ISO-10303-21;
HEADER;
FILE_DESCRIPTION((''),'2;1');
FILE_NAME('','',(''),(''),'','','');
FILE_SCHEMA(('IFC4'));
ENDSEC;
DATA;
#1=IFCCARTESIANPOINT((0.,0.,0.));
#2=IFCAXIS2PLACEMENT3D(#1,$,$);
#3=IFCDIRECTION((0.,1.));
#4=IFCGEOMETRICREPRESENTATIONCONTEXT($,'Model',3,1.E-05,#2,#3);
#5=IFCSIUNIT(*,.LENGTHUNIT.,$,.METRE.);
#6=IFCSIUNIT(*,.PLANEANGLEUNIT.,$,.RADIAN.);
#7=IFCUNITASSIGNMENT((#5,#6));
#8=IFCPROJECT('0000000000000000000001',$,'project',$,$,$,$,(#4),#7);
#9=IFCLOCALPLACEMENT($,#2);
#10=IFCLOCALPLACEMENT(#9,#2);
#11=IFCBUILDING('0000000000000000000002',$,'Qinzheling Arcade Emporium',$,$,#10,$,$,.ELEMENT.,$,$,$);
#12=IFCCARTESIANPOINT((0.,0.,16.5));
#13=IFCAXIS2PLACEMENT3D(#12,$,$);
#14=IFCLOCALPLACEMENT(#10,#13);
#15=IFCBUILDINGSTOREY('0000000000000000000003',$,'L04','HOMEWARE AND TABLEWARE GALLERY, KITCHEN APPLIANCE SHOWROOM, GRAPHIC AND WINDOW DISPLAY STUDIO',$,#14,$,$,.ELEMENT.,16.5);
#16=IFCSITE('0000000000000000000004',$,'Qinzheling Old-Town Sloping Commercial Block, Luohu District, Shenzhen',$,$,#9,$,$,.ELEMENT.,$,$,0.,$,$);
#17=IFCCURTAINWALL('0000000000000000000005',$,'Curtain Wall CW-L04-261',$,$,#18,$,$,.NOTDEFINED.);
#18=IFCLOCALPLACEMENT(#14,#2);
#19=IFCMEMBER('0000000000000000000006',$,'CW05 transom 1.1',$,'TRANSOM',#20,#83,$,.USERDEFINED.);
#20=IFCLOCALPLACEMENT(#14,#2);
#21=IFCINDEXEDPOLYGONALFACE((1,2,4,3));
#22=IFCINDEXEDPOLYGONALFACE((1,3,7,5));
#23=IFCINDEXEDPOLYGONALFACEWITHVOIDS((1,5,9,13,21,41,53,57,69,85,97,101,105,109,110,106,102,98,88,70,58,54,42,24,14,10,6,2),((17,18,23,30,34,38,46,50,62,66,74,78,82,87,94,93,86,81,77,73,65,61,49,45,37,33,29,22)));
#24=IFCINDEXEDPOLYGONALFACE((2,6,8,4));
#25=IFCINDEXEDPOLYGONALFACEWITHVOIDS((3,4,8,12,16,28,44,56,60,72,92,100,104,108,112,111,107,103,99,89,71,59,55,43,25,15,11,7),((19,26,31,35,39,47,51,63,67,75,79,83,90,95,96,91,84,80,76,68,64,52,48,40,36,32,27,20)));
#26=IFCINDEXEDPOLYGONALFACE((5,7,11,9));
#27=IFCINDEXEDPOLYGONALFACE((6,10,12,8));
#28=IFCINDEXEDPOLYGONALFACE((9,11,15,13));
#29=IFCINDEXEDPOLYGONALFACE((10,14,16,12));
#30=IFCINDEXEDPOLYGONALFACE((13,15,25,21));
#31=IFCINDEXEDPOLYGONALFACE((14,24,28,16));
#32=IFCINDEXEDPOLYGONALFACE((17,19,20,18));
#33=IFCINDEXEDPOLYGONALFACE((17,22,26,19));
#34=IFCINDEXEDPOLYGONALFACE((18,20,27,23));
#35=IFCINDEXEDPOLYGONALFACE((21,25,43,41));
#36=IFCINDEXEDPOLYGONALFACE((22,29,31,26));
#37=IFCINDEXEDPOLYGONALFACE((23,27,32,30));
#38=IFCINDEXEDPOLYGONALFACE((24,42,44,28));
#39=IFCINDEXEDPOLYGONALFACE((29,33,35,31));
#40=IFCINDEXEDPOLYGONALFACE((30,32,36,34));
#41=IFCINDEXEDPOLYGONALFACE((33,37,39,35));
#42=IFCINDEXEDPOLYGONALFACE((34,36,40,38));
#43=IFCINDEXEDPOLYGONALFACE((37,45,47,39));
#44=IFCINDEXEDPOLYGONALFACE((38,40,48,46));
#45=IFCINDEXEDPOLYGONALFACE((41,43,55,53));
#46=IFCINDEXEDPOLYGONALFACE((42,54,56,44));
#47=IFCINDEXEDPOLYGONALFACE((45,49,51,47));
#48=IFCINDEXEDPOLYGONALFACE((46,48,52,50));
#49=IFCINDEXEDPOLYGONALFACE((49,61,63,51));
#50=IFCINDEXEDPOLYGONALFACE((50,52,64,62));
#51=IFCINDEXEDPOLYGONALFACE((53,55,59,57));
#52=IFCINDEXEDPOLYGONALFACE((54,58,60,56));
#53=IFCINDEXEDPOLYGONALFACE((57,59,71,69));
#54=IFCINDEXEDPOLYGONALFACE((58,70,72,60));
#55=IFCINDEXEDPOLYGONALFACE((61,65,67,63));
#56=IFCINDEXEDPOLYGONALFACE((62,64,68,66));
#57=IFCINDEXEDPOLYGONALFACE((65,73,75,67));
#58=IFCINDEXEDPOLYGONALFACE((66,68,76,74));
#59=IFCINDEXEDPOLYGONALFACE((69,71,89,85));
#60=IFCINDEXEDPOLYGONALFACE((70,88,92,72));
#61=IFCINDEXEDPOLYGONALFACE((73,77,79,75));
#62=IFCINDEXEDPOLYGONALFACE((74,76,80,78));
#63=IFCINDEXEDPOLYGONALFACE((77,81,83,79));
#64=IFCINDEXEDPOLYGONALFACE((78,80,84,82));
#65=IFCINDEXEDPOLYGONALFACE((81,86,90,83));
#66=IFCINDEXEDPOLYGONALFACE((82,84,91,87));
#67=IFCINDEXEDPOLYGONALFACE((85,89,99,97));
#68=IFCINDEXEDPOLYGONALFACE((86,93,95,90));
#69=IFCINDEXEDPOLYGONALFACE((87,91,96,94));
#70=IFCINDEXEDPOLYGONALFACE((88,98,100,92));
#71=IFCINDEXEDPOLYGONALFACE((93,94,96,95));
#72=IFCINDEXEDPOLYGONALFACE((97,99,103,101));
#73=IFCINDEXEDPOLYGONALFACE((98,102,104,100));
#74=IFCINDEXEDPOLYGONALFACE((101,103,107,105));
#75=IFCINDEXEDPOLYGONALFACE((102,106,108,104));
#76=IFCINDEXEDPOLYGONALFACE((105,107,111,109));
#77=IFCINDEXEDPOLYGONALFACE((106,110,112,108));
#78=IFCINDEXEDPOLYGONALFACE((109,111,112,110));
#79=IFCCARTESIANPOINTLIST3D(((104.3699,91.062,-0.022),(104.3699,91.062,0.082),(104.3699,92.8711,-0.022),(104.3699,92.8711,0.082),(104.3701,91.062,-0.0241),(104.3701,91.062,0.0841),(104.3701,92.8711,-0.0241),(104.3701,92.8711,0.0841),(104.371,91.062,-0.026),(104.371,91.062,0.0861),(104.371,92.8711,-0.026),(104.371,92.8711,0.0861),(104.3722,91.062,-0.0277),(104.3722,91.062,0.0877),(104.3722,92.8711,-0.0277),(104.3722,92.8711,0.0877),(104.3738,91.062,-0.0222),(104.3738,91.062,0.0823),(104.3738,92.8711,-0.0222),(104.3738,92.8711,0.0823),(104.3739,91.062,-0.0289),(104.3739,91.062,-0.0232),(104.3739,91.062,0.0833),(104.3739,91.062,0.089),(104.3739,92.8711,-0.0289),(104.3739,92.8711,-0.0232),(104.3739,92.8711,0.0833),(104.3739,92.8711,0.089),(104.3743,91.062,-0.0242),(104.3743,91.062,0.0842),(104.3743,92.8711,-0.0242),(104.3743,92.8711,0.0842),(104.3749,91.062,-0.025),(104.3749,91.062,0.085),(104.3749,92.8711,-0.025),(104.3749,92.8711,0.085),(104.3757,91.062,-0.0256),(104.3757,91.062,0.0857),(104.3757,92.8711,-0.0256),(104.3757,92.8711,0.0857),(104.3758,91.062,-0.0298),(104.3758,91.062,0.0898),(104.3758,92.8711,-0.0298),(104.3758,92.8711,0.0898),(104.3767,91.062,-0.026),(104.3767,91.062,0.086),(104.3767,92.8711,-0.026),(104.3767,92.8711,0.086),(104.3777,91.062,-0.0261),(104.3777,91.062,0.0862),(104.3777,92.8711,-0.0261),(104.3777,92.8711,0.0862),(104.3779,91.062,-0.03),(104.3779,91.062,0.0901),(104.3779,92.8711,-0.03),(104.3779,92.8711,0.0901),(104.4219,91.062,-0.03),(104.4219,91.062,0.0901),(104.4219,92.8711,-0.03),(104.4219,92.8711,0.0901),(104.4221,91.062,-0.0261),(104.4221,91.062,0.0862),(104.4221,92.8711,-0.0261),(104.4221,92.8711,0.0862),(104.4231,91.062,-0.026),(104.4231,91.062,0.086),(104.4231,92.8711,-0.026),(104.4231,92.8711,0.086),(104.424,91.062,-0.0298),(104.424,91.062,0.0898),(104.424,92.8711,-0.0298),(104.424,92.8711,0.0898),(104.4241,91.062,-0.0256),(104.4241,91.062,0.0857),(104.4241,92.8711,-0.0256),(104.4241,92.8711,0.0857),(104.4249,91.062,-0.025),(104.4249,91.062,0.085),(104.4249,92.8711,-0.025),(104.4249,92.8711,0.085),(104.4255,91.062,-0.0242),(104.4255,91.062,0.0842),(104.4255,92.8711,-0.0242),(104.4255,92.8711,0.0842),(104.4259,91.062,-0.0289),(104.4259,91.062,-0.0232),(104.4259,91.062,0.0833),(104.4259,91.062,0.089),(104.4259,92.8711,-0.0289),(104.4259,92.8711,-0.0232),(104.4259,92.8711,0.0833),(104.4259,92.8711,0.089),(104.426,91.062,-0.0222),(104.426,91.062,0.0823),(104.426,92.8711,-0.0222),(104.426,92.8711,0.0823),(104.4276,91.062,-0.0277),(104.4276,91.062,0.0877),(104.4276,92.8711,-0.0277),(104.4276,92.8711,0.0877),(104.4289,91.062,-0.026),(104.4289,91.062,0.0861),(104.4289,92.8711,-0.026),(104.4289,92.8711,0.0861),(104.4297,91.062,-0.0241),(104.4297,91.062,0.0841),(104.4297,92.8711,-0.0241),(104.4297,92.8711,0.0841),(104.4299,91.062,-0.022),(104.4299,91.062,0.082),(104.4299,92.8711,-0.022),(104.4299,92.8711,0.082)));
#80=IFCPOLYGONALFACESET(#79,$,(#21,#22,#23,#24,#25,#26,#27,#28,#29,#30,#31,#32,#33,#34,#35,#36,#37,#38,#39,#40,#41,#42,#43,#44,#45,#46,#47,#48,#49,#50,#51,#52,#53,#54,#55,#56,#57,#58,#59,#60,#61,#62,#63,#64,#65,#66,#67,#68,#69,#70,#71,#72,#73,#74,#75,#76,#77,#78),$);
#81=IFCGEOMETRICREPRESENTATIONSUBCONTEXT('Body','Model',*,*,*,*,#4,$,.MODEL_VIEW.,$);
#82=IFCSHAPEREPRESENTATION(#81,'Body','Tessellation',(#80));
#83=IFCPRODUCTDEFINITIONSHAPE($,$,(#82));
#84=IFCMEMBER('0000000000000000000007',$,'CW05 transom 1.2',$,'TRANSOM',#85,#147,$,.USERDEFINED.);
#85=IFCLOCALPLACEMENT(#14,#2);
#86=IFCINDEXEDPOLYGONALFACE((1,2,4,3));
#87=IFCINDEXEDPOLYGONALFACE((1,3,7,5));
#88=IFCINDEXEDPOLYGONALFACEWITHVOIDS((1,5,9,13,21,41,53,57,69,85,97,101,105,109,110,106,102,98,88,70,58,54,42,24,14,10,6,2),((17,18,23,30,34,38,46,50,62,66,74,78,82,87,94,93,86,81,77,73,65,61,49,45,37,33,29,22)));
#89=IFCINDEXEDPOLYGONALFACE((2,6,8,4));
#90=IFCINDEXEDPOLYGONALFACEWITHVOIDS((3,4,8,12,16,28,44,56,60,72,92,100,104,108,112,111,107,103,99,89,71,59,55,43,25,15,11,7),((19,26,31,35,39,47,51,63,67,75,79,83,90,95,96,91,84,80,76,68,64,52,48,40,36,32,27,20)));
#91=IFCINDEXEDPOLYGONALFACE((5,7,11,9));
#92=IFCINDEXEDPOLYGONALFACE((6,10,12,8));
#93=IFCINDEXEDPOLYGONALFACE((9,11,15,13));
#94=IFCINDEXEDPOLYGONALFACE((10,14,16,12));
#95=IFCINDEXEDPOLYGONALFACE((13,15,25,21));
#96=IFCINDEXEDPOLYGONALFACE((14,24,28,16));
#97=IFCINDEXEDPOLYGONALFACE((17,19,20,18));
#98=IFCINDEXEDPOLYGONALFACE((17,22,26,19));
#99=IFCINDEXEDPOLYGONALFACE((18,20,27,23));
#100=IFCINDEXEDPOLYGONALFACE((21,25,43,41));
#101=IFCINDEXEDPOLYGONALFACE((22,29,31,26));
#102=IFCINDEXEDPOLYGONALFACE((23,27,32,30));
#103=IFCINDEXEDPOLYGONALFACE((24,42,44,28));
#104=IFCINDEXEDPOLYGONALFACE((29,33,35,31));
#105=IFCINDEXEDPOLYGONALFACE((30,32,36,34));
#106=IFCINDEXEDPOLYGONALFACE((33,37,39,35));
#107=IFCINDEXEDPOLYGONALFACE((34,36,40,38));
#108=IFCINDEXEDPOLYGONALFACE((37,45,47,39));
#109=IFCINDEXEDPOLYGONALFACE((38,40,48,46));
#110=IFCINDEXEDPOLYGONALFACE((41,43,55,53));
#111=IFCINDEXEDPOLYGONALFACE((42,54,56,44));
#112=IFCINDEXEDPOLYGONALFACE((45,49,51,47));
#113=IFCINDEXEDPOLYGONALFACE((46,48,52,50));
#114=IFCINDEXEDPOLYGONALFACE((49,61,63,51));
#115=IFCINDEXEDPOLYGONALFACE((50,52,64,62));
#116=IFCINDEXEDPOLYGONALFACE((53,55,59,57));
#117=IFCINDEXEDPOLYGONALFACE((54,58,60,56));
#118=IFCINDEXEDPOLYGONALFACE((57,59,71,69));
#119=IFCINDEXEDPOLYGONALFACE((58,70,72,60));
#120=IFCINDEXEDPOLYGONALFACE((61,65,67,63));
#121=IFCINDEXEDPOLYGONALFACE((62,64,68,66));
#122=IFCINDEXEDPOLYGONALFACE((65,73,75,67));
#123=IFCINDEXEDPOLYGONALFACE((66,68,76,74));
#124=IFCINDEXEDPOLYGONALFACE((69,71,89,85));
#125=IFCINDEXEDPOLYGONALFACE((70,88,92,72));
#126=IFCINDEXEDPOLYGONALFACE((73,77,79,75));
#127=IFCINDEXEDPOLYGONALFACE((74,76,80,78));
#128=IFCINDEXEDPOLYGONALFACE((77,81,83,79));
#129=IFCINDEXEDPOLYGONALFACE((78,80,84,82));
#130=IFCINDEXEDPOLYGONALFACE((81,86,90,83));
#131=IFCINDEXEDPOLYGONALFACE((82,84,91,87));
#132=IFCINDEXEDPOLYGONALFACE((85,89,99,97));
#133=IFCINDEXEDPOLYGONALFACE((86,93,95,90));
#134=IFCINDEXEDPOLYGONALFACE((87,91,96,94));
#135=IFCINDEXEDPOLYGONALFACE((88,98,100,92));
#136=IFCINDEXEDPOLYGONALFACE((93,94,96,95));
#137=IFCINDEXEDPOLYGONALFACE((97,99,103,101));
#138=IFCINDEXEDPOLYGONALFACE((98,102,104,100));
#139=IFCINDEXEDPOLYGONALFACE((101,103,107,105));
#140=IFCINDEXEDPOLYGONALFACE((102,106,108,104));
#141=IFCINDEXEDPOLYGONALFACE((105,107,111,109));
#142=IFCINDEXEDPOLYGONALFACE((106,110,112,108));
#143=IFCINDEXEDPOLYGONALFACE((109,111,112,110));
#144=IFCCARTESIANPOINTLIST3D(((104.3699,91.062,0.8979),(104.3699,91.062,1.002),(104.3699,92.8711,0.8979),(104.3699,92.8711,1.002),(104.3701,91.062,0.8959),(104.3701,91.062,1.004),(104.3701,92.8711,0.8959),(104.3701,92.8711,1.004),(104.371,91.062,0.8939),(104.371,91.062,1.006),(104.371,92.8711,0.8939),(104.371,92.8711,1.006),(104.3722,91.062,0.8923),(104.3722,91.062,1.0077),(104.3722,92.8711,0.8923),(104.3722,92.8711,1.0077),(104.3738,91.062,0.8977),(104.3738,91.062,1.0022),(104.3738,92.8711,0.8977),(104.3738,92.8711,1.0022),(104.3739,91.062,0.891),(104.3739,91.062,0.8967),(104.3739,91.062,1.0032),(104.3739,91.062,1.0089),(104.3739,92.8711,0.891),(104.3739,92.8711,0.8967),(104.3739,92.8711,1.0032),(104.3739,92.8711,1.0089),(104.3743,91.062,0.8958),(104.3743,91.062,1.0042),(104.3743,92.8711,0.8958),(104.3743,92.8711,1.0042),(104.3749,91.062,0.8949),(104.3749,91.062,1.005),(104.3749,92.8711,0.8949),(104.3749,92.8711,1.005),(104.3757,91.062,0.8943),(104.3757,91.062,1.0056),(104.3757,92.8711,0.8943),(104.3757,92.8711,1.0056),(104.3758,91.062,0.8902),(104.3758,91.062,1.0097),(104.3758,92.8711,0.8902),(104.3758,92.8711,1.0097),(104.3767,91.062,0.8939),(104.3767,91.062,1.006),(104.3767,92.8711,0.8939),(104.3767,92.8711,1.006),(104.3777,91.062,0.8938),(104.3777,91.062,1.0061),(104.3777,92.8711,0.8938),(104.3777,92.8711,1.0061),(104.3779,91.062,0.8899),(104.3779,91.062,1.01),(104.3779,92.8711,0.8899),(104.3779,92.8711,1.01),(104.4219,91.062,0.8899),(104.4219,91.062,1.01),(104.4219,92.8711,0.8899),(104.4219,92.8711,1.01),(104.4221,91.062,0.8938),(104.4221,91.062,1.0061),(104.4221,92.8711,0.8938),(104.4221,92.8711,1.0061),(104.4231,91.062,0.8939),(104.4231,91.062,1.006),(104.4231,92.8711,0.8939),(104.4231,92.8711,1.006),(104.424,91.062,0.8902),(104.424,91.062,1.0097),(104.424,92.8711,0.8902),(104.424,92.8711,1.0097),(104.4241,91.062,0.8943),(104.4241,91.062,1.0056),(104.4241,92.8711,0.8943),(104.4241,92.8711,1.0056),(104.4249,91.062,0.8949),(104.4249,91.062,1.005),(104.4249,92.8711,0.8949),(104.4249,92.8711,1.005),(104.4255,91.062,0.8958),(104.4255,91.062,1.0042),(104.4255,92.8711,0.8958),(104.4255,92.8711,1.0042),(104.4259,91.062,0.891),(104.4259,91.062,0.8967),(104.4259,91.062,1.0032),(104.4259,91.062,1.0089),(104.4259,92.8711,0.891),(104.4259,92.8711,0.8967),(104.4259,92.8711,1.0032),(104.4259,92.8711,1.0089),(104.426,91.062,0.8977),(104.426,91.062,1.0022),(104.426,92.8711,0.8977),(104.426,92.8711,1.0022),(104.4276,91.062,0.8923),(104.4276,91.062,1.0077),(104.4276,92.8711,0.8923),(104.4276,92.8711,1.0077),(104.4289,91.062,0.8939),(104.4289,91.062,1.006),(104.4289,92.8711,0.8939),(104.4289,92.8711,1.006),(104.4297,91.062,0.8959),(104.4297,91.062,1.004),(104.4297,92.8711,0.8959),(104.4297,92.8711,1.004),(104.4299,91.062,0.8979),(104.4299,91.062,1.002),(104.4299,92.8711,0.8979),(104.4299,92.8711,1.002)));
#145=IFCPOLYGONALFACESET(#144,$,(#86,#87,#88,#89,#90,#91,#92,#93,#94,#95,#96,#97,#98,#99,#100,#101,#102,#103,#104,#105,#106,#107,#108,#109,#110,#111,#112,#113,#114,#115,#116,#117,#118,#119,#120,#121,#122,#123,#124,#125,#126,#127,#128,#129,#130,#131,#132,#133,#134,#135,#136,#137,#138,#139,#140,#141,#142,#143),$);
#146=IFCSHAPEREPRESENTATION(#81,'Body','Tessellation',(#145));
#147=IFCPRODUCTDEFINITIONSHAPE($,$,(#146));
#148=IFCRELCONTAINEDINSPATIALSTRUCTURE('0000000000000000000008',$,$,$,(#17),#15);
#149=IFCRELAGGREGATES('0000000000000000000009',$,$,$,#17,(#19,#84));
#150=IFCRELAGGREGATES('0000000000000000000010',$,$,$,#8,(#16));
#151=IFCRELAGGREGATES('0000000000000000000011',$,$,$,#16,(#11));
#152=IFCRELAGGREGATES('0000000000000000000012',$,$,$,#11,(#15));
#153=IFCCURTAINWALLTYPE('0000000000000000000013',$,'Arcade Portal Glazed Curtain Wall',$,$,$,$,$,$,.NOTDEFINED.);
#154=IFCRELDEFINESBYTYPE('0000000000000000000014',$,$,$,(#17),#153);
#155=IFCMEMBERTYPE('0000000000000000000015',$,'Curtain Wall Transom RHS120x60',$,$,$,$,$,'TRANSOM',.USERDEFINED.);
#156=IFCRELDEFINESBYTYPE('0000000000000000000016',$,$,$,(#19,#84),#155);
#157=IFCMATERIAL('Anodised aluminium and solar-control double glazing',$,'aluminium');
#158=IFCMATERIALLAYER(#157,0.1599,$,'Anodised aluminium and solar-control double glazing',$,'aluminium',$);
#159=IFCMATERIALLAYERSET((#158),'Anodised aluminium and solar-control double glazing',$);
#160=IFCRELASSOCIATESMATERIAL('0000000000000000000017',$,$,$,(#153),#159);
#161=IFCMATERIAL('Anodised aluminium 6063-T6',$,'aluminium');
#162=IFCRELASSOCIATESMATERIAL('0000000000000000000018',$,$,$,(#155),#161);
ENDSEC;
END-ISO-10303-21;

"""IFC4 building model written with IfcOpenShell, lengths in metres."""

from ifc_helpers import new_model, si_unit, direction, frame, origin, origin_2d, place, context, subcontext, project, spatial, hollow_rectangle, extrude, material, layer, layer_set, material_profile, profile_set, type_object, element, aggregate, save


model = new_model("IFC4")

# Units and contexts
model_context = context("Model", 3, precision=1e-05, world=origin(), true_north=direction((0.0, 1.0)))
body_context = subcontext(model_context, "Body", "Model", "MODEL_VIEW")
ifc_project = project(units=[si_unit("LENGTHUNIT", "METRE"), si_unit("PLANEANGLEUNIT", "RADIAN")], contexts=[model_context])

# Site, building, storey
site_placement = place(None, origin())
site = spatial("IfcSite", under=ifc_project, at=site_placement, Name="Qinzheling Old-Town Sloping Commercial Block, Luohu District, Shenzhen", CompositionType="ELEMENT", RefElevation=0.0)
building_placement = place(site_placement, origin())
building = spatial("IfcBuilding", under=site, at=building_placement, Name="Qinzheling Arcade Emporium", CompositionType="ELEMENT")
storey_placement = place(building_placement, frame((0.0, 0.0, 16.5)))
storey = spatial("IfcBuildingStorey", under=building, at=storey_placement, Name="L04", Description="HOMEWARE AND TABLEWARE GALLERY, KITCHEN APPLIANCE SHOWROOM, GRAPHIC AND WINDOW DISPLAY STUDIO", CompositionType="ELEMENT", Elevation=16.5)

# Curtain wall, members
ifc_material_1 = material(Name="Anodised aluminium and solar-control double glazing", Category="aluminium")
ifc_layer_1 = layer(ifc_material_1, 0.1599, Name="Anodised aluminium and solar-control double glazing", Category="aluminium")
ifc_layer_set_1 = layer_set([ifc_layer_1], Name="Anodised aluminium and solar-control double glazing")
curtain_wall_type = type_object("IfcCurtainWallType", Name="Arcade Portal Glazed Curtain Wall", PredefinedType="NOTDEFINED", material=ifc_layer_set_1)
curtain_wall_placement = place(storey_placement, origin())
curtain_wall = element("IfcCurtainWall", 1, at=curtain_wall_placement, inside=storey, type_object=curtain_wall_type, Name="Curtain Wall CW-L04-261", PredefinedType="NOTDEFINED")
ifc_material_2 = material(Name="Anodised aluminium 6063-T6", Category="aluminium")
ifc_material_profile_1 = material_profile(ifc_material_2, hollow_rectangle(XDim=0.0601, YDim=0.1201, WallThickness=0.0039, InnerFilletRadius=0.0039, OuterFilletRadius=0.0081, at=origin_2d()), Name="RHS 120x60x4", Category="aluminium")
ifc_profile_set_1 = profile_set([ifc_material_profile_1], Name="Anodised aluminium 6063-T6")
member_type_1 = type_object("IfcMemberType", Name="Curtain Wall Transom RHS120x60", ElementType="TRANSOM", PredefinedType="USERDEFINED", material=ifc_profile_set_1)
member_1_placement = place(storey_placement, frame((104.3999, 91.062, 0.03), z_axis=(0.0, 1.0, 0.0), x_axis=(-1.0, 0.0, 0.0)))
member_1 = element("IfcMember", 2, at=member_1_placement, type_object=member_type_1, Name="CW05 transom 1.1", ObjectType="TRANSOM", PredefinedType="USERDEFINED", context=body_context, shape_type="SweptSolid", body=[
    extrude(hollow_rectangle(XDim=0.0601, YDim=0.1201, WallThickness=0.0039, InnerFilletRadius=0.0039, OuterFilletRadius=0.0081, at=origin_2d()), origin(), (0.0, 0.0, 1.0), 1.8091),
])
member_2_placement = place(storey_placement, frame((104.3999, 91.062, 0.95), z_axis=(0.0, 1.0, 0.0), x_axis=(-1.0, 0.0, 0.0)))
member_2 = element("IfcMember", 3, at=member_2_placement, type_object=member_type_1, Name="CW05 transom 1.2", ObjectType="TRANSOM", PredefinedType="USERDEFINED", context=body_context, shape_type="SweptSolid", body=[
    extrude(hollow_rectangle(XDim=0.0601, YDim=0.1201, WallThickness=0.0039, InnerFilletRadius=0.0039, OuterFilletRadius=0.0081, at=origin_2d()), origin(), (0.0, 0.0, 1.0), 1.8091),
])

aggregate(curtain_wall, [member_1, member_2])

save(model, "model.ifc")
